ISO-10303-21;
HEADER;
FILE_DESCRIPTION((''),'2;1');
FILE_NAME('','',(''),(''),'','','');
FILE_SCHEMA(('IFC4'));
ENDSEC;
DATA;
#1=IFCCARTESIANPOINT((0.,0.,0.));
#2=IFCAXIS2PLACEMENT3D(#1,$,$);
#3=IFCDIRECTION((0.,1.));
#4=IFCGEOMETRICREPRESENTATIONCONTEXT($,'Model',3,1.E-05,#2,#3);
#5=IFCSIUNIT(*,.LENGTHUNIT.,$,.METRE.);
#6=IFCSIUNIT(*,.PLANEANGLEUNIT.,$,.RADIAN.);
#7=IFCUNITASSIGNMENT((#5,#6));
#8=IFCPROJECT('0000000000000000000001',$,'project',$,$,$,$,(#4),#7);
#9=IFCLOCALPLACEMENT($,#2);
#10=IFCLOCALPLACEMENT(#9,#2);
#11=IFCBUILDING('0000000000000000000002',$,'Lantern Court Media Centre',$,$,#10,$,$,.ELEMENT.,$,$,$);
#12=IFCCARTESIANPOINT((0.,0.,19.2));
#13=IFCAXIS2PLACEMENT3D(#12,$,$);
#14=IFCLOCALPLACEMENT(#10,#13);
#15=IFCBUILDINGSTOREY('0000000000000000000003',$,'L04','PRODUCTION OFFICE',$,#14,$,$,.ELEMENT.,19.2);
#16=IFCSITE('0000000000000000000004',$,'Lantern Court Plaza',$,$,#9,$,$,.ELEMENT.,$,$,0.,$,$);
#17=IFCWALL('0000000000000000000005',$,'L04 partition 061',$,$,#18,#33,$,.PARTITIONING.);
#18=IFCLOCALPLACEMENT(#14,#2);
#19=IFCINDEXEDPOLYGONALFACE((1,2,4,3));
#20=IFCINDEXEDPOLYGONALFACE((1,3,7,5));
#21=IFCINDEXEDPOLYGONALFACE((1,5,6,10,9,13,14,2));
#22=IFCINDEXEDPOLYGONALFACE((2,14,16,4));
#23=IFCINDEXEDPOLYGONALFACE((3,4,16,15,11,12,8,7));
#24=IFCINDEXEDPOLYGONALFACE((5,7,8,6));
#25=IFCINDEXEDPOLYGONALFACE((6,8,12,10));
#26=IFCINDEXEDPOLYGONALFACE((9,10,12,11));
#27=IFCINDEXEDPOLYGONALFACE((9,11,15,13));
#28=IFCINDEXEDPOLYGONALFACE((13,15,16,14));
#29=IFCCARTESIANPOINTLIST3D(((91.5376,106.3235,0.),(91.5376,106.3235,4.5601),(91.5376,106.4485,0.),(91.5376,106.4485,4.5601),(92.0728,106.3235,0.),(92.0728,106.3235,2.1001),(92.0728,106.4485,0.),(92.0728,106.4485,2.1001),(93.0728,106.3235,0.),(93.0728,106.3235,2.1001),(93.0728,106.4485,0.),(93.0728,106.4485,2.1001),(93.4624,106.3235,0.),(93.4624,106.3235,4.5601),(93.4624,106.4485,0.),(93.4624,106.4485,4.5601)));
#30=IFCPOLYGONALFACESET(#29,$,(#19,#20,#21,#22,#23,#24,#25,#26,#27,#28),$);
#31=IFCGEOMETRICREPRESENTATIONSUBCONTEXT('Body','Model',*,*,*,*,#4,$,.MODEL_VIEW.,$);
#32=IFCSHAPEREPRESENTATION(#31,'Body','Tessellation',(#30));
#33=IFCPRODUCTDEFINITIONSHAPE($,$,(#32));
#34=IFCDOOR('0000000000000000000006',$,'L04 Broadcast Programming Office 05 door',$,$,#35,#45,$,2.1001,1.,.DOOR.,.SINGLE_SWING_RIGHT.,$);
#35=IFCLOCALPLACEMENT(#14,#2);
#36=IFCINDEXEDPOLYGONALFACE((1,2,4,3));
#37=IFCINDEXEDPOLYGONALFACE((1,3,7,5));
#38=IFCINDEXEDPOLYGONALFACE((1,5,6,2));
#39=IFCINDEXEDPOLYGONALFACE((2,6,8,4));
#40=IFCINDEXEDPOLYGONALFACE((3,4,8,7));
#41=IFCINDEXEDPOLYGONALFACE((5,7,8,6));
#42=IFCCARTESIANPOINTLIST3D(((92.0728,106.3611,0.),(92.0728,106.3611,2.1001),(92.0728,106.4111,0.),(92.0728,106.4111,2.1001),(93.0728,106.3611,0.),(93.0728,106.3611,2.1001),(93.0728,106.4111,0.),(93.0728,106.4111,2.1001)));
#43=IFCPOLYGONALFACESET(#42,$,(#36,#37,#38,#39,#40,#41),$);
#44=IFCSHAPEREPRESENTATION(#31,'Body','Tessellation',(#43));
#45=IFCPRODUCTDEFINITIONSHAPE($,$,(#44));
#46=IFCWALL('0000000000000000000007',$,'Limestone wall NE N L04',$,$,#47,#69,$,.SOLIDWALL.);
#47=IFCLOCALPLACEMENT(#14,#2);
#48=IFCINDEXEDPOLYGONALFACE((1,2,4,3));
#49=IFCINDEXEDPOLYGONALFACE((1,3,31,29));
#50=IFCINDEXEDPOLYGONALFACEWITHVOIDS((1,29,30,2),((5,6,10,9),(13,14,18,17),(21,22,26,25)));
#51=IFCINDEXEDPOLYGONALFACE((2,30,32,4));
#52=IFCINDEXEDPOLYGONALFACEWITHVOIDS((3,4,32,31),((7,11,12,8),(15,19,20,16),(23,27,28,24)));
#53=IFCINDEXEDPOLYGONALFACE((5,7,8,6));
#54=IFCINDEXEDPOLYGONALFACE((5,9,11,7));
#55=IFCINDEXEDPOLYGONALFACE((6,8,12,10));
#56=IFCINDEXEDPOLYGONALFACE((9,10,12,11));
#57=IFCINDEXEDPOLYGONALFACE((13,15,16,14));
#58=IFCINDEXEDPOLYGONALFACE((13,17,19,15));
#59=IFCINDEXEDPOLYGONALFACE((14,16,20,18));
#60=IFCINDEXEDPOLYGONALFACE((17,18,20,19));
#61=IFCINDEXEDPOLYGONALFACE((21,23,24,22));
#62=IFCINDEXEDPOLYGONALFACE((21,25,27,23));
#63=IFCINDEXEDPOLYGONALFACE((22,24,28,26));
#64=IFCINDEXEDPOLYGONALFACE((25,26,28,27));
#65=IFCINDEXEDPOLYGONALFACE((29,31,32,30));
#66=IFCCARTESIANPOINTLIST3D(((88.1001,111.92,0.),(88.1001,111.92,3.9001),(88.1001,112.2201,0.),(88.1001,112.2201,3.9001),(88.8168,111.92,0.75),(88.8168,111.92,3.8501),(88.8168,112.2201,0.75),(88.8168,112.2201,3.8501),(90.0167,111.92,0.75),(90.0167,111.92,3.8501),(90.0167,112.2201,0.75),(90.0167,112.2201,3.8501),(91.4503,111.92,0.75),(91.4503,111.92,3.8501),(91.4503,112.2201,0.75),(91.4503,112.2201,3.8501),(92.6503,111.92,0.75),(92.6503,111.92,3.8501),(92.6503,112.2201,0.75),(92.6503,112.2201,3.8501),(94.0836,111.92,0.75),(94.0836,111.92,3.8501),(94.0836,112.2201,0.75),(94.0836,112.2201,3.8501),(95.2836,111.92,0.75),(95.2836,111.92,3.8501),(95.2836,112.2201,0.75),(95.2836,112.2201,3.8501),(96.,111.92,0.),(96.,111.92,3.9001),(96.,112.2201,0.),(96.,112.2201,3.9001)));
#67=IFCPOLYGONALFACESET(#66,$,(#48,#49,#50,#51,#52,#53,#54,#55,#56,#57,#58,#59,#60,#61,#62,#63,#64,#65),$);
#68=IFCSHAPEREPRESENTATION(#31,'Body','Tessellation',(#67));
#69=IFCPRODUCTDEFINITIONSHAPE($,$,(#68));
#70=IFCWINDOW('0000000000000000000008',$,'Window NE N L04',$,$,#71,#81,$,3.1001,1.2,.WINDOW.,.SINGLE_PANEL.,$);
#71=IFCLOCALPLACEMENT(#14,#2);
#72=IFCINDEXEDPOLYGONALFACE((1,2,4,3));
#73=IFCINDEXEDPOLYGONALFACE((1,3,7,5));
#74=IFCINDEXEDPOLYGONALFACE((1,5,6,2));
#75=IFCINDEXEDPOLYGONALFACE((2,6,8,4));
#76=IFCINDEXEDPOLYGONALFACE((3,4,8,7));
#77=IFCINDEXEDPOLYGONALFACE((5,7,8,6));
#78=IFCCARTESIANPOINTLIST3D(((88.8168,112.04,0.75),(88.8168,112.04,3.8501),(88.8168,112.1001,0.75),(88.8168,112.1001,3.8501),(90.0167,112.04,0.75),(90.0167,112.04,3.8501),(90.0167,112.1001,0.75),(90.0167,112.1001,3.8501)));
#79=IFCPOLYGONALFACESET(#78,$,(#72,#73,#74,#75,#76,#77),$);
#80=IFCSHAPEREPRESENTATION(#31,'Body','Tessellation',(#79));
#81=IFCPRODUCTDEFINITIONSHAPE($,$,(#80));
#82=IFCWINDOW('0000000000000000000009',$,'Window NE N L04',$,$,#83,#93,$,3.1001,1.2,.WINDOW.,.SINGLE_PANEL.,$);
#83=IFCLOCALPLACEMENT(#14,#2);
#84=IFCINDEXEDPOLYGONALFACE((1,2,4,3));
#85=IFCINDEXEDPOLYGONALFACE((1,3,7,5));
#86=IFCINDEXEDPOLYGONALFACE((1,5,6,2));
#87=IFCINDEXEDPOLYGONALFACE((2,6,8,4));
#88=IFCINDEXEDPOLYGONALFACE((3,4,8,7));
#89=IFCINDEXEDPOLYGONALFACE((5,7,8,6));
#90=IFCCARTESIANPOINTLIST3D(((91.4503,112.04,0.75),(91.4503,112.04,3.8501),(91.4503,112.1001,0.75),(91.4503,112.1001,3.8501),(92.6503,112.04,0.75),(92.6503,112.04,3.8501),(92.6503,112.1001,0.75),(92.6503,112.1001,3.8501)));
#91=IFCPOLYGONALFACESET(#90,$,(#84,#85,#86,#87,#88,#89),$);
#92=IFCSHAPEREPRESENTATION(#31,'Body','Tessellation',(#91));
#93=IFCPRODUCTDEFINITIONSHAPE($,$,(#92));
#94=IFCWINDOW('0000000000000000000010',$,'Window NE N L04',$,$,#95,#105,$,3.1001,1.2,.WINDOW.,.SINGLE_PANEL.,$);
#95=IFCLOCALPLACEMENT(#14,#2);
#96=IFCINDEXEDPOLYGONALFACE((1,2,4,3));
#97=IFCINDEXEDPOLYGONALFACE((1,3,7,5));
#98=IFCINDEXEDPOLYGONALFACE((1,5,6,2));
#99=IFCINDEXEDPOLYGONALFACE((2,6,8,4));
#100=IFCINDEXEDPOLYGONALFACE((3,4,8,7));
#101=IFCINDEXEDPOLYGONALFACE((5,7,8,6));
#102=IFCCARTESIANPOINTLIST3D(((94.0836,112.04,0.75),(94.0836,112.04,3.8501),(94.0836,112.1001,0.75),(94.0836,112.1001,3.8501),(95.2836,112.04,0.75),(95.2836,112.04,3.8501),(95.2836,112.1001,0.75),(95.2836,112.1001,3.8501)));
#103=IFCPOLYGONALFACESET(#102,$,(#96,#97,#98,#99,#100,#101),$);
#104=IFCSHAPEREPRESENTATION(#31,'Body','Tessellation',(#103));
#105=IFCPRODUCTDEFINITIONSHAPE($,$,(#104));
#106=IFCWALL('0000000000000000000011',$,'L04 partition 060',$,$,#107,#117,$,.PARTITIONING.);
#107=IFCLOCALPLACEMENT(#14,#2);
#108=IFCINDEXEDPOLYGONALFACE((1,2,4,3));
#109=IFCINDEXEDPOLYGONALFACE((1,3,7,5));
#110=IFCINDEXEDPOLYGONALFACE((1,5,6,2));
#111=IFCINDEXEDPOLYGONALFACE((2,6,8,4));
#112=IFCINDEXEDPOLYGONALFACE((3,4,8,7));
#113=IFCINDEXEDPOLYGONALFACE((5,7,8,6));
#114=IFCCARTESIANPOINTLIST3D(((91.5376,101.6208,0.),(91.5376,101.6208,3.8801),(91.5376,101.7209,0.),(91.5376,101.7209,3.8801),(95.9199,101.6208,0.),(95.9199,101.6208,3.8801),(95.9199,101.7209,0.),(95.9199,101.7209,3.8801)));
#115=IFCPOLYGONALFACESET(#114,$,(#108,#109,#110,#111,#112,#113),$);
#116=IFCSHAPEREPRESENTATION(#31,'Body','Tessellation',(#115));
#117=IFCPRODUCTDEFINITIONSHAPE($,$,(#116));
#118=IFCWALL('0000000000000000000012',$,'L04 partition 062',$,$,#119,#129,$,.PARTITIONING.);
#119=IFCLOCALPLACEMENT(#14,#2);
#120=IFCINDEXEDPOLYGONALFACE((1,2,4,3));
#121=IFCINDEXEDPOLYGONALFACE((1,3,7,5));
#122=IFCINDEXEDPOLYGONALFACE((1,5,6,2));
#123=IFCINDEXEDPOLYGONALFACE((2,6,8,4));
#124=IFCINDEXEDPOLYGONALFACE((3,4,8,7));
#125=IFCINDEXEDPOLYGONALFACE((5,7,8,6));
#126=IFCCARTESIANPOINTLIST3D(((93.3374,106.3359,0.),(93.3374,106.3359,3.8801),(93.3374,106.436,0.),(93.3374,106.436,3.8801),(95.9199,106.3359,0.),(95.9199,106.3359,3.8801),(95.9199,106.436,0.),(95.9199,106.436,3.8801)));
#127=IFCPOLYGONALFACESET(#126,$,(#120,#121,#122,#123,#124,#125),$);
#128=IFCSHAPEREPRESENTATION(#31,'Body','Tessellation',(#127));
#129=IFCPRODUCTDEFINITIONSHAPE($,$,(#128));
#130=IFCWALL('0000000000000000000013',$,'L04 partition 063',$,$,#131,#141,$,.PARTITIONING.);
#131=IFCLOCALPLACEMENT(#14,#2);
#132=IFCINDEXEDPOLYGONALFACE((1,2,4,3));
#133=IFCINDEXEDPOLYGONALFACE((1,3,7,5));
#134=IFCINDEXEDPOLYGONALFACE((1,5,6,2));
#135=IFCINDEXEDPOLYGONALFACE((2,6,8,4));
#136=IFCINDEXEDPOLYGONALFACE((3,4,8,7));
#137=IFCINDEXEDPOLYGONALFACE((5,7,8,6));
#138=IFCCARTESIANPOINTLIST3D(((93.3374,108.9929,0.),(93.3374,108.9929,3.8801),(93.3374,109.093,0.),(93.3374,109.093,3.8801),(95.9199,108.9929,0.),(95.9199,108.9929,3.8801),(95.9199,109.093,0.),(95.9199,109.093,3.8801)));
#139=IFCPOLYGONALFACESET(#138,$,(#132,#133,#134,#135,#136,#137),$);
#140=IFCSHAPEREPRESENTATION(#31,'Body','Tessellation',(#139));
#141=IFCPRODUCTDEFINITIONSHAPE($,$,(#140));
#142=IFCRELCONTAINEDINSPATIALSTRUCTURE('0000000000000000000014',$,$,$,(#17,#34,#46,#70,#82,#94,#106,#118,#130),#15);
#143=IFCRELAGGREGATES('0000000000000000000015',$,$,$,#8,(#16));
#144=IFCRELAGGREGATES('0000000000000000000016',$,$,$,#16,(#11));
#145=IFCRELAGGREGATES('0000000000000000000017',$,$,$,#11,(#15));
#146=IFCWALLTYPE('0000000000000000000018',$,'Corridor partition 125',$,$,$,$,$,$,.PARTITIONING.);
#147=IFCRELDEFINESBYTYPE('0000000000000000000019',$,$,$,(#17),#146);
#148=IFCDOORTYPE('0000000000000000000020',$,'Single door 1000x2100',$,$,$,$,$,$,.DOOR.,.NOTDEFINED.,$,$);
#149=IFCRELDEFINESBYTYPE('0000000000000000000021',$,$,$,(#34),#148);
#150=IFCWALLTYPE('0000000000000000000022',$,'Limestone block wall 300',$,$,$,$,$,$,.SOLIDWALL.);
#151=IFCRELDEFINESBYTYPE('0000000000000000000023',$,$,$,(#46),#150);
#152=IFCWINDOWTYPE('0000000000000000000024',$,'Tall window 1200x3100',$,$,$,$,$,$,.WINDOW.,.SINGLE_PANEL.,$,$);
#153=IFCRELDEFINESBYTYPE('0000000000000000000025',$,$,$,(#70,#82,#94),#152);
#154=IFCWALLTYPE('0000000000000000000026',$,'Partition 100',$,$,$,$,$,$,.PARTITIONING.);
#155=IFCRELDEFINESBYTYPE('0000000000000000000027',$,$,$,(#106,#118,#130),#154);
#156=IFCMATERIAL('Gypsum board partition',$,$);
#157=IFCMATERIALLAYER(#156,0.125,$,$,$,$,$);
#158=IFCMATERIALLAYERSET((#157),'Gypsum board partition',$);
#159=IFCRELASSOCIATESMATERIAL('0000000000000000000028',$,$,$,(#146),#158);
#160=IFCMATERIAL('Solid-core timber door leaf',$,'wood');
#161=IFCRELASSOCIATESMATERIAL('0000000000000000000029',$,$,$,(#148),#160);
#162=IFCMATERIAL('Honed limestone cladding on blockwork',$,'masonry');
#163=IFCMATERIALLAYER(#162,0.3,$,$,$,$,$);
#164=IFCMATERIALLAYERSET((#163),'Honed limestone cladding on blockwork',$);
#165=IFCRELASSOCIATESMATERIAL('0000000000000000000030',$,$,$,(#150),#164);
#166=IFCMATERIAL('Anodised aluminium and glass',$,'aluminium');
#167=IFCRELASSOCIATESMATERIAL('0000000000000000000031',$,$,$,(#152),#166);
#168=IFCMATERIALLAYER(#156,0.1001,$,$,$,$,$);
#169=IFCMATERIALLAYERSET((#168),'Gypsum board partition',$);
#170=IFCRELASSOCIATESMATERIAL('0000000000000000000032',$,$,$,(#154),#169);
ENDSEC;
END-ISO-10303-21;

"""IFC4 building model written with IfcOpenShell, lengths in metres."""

from ifc_helpers import new_model, si_unit, direction, frame, frame_2d, origin, place, context, subcontext, project, spatial, rectangle, extrude, material, layer, layer_set, type_object, element, fill, save


model = new_model("IFC4")

# Units and contexts
model_context = context("Model", 3, precision=1e-05, world=origin(), true_north=direction((0.0, 1.0)))
body_context = subcontext(model_context, "Body", "Model", "MODEL_VIEW")
ifc_project = project(units=[si_unit("LENGTHUNIT", "METRE"), si_unit("PLANEANGLEUNIT", "RADIAN")], contexts=[model_context])

# Site, building, storey
site_placement = place(None, origin())
site = spatial("IfcSite", under=ifc_project, at=site_placement, Name="Lantern Court Plaza", CompositionType="ELEMENT", RefElevation=0.0)
building_placement = place(site_placement, origin())
building = spatial("IfcBuilding", under=site, at=building_placement, Name="Lantern Court Media Centre", CompositionType="ELEMENT")
storey_placement = place(building_placement, frame((0.0, 0.0, 19.2)))
storey = spatial("IfcBuildingStorey", under=building, at=storey_placement, Name="L04", Description="PRODUCTION OFFICE", CompositionType="ELEMENT", Elevation=19.2)

# Shared definitions
ifc_material_1 = material(Name="Gypsum board partition")
ifc_layer_1 = layer(ifc_material_1, 0.125)
ifc_layer_set_1 = layer_set([ifc_layer_1], Name="Gypsum board partition")
wall_type_1 = type_object("IfcWallType", Name="Corridor partition 125", PredefinedType="PARTITIONING", material=ifc_layer_set_1)
ifc_material_2 = material(Name="Solid-core timber door leaf", Category="wood")

# Wall, opening, door
wall_1_placement = place(storey_placement, frame((91.5376, 106.386, 0.0), z_axis=(0.0, 0.0, 1.0), x_axis=(1.0, 0.0, 0.0)))
wall_1 = element("IfcWall", 1, at=wall_1_placement, inside=storey, type_object=wall_type_1, Name="L04 partition 061", PredefinedType="PARTITIONING", context=body_context, shape_type="SweptSolid", body=[
    extrude(rectangle(XDim=1.9248, YDim=0.125, at=frame_2d((0.9624, 0.0))), origin(), (0.0, 0.0, 1.0), 4.5601),
])
opening_1_placement = place(wall_1_placement, frame((0.5352, 0.0, 0.0)))
opening_1 = element("IfcOpeningElement", 2, at=opening_1_placement, cuts=wall_1, PredefinedType="OPENING", context=body_context, shape_type="SweptSolid", body=[
    extrude(rectangle(XDim=1.0, YDim=2.1001, at=frame_2d((0.5, 1.05))), frame((0.0, 0.0725, 0.0), z_axis=(0.0, -1.0, 0.0), x_axis=(1.0, 0.0, 0.0)), (0.0, 0.0, 1.0), 0.145),
])
door_type_1 = type_object("IfcDoorType", Name="Single door 1000x2100", OperationType="NOTDEFINED", PredefinedType="DOOR", material=ifc_material_2)
door_1_placement = place(opening_1_placement, frame((1.0, 0.0, 0.0), z_axis=(0.0, 0.0, 1.0), x_axis=(-1.0, 0.0, 0.0)))
door_1 = element("IfcDoor", 3, at=door_1_placement, inside=storey, type_object=door_type_1, Name="L04 Broadcast Programming Office 05 door", OperationType="SINGLE_SWING_RIGHT", OverallHeight=2.1001, OverallWidth=1.0, PredefinedType="DOOR", context=body_context, shape_type="SweptSolid", body=[
    extrude(rectangle(XDim=1.0, YDim=2.1001, at=frame_2d((0.5, 1.05))), frame((0.0, 0.0249, 0.0), z_axis=(0.0, -1.0, 0.0), x_axis=(1.0, 0.0, 0.0)), (0.0, 0.0, 1.0), 0.05),
])
fill(opening_1, door_1)

# Wall, openings, windows
ifc_material_3 = material(Name="Honed limestone cladding on blockwork", Category="masonry")
ifc_layer_2 = layer(ifc_material_3, 0.3)
ifc_layer_set_2 = layer_set([ifc_layer_2], Name="Honed limestone cladding on blockwork")
wall_type_2 = type_object("IfcWallType", Name="Limestone block wall 300", PredefinedType="SOLIDWALL", material=ifc_layer_set_2)
wall_2_placement = place(storey_placement, frame((88.1001, 112.0701, 0.0), z_axis=(0.0, 0.0, 1.0), x_axis=(1.0, 0.0, 0.0)))
wall_2 = element("IfcWall", 4, at=wall_2_placement, inside=storey, type_object=wall_type_2, Name="Limestone wall NE N L04", PredefinedType="SOLIDWALL", context=body_context, shape_type="SweptSolid", body=[
    extrude(rectangle(XDim=7.8999, YDim=0.3, at=frame_2d((3.95, 0.0))), origin(), (0.0, 0.0, 1.0), 3.9001),
])
opening_2_placement = place(wall_2_placement, frame((0.7166, 0.0, 0.75)))
opening_2 = element("IfcOpeningElement", 5, at=opening_2_placement, cuts=wall_2, PredefinedType="OPENING", context=body_context, shape_type="SweptSolid", body=[
    extrude(rectangle(XDim=1.2, YDim=3.1001, at=frame_2d((0.6001, 1.55))), frame((0.0, 0.1599, 0.0), z_axis=(0.0, -1.0, 0.0), x_axis=(1.0, 0.0, 0.0)), (0.0, 0.0, 1.0), 0.3201),
])
opening_3_placement = place(wall_2_placement, frame((3.3501, 0.0, 0.75)))
opening_3 = element("IfcOpeningElement", 6, at=opening_3_placement, cuts=wall_2, PredefinedType="OPENING", context=body_context, shape_type="SweptSolid", body=[
    extrude(rectangle(XDim=1.2, YDim=3.1001, at=frame_2d((0.6001, 1.55))), frame((0.0, 0.1599, 0.0), z_axis=(0.0, -1.0, 0.0), x_axis=(1.0, 0.0, 0.0)), (0.0, 0.0, 1.0), 0.3201),
])
opening_4_placement = place(wall_2_placement, frame((5.9834, 0.0, 0.75)))
opening_4 = element("IfcOpeningElement", 7, at=opening_4_placement, cuts=wall_2, PredefinedType="OPENING", context=body_context, shape_type="SweptSolid", body=[
    extrude(rectangle(XDim=1.2, YDim=3.1001, at=frame_2d((0.6001, 1.55))), frame((0.0, 0.1599, 0.0), z_axis=(0.0, -1.0, 0.0), x_axis=(1.0, 0.0, 0.0)), (0.0, 0.0, 1.0), 0.3201),
])
ifc_material_4 = material(Name="Anodised aluminium and glass", Category="aluminium")
window_type = type_object("IfcWindowType", Name="Tall window 1200x3100", PartitioningType="SINGLE_PANEL", PredefinedType="WINDOW", material=ifc_material_4)
window_1_placement = place(opening_2_placement, origin())
window_1 = element("IfcWindow", 8, at=window_1_placement, inside=storey, type_object=window_type, Name="Window NE N L04", OverallHeight=3.1001, OverallWidth=1.2, PartitioningType="SINGLE_PANEL", PredefinedType="WINDOW", context=body_context, shape_type="SweptSolid", body=[
    extrude(rectangle(XDim=1.2, YDim=3.1001, at=frame_2d((0.6001, 1.55))), frame((0.0, 0.03, 0.0), z_axis=(0.0, -1.0, 0.0), x_axis=(1.0, 0.0, 0.0)), (0.0, 0.0, 1.0), 0.0601),
])
fill(opening_2, window_1)
window_2_placement = place(opening_3_placement, origin())
window_2 = element("IfcWindow", 9, at=window_2_placement, inside=storey, type_object=window_type, Name="Window NE N L04", OverallHeight=3.1001, OverallWidth=1.2, PartitioningType="SINGLE_PANEL", PredefinedType="WINDOW", context=body_context, shape_type="SweptSolid", body=[
    extrude(rectangle(XDim=1.2, YDim=3.1001, at=frame_2d((0.6001, 1.55))), frame((0.0, 0.03, 0.0), z_axis=(0.0, -1.0, 0.0), x_axis=(1.0, 0.0, 0.0)), (0.0, 0.0, 1.0), 0.0601),
])
fill(opening_3, window_2)
window_3_placement = place(opening_4_placement, origin())
window_3 = element("IfcWindow", 10, at=window_3_placement, inside=storey, type_object=window_type, Name="Window NE N L04", OverallHeight=3.1001, OverallWidth=1.2, PartitioningType="SINGLE_PANEL", PredefinedType="WINDOW", context=body_context, shape_type="SweptSolid", body=[
    extrude(rectangle(XDim=1.2, YDim=3.1001, at=frame_2d((0.6001, 1.55))), frame((0.0, 0.03, 0.0), z_axis=(0.0, -1.0, 0.0), x_axis=(1.0, 0.0, 0.0)), (0.0, 0.0, 1.0), 0.0601),
])
fill(opening_4, window_3)

# Walls
ifc_layer_3 = layer(ifc_material_1, 0.1001)
ifc_layer_set_3 = layer_set([ifc_layer_3], Name="Gypsum board partition")
wall_type_3 = type_object("IfcWallType", Name="Partition 100", PredefinedType="PARTITIONING", material=ifc_layer_set_3)
wall_3_placement = place(storey_placement, frame((91.5376, 101.6709, 0.0), z_axis=(0.0, 0.0, 1.0), x_axis=(1.0, 0.0, 0.0)))
element("IfcWall", 11, at=wall_3_placement, inside=storey, type_object=wall_type_3, Name="L04 partition 060", PredefinedType="PARTITIONING", context=body_context, shape_type="SweptSolid", body=[
    extrude(rectangle(XDim=4.3823, YDim=0.1001, at=frame_2d((2.1912, 0.0))), origin(), (0.0, 0.0, 1.0), 3.8801),
])
for number, where, z_axis, x_axis, name in (
    (12, (93.3374, 106.386, 0.0), (0.0, 0.0, 1.0), (1.0, 0.0, 0.0), "L04 partition 062"),
    (13, (93.3374, 109.043, 0.0), (0.0, 0.0, 1.0), (1.0, 0.0, 0.0), "L04 partition 063"),
):
    element("IfcWall", number, at=place(storey_placement, frame(where, z_axis=z_axis, x_axis=x_axis)), inside=storey, type_object=wall_type_3, Name=name, PredefinedType="PARTITIONING", context=body_context, shape_type="SweptSolid", body=[
        extrude(rectangle(XDim=2.5825, YDim=0.1001, at=frame_2d((1.2913, 0.0))), origin(), (0.0, 0.0, 1.0), 3.8801),
    ])

save(model, "model.ifc")
